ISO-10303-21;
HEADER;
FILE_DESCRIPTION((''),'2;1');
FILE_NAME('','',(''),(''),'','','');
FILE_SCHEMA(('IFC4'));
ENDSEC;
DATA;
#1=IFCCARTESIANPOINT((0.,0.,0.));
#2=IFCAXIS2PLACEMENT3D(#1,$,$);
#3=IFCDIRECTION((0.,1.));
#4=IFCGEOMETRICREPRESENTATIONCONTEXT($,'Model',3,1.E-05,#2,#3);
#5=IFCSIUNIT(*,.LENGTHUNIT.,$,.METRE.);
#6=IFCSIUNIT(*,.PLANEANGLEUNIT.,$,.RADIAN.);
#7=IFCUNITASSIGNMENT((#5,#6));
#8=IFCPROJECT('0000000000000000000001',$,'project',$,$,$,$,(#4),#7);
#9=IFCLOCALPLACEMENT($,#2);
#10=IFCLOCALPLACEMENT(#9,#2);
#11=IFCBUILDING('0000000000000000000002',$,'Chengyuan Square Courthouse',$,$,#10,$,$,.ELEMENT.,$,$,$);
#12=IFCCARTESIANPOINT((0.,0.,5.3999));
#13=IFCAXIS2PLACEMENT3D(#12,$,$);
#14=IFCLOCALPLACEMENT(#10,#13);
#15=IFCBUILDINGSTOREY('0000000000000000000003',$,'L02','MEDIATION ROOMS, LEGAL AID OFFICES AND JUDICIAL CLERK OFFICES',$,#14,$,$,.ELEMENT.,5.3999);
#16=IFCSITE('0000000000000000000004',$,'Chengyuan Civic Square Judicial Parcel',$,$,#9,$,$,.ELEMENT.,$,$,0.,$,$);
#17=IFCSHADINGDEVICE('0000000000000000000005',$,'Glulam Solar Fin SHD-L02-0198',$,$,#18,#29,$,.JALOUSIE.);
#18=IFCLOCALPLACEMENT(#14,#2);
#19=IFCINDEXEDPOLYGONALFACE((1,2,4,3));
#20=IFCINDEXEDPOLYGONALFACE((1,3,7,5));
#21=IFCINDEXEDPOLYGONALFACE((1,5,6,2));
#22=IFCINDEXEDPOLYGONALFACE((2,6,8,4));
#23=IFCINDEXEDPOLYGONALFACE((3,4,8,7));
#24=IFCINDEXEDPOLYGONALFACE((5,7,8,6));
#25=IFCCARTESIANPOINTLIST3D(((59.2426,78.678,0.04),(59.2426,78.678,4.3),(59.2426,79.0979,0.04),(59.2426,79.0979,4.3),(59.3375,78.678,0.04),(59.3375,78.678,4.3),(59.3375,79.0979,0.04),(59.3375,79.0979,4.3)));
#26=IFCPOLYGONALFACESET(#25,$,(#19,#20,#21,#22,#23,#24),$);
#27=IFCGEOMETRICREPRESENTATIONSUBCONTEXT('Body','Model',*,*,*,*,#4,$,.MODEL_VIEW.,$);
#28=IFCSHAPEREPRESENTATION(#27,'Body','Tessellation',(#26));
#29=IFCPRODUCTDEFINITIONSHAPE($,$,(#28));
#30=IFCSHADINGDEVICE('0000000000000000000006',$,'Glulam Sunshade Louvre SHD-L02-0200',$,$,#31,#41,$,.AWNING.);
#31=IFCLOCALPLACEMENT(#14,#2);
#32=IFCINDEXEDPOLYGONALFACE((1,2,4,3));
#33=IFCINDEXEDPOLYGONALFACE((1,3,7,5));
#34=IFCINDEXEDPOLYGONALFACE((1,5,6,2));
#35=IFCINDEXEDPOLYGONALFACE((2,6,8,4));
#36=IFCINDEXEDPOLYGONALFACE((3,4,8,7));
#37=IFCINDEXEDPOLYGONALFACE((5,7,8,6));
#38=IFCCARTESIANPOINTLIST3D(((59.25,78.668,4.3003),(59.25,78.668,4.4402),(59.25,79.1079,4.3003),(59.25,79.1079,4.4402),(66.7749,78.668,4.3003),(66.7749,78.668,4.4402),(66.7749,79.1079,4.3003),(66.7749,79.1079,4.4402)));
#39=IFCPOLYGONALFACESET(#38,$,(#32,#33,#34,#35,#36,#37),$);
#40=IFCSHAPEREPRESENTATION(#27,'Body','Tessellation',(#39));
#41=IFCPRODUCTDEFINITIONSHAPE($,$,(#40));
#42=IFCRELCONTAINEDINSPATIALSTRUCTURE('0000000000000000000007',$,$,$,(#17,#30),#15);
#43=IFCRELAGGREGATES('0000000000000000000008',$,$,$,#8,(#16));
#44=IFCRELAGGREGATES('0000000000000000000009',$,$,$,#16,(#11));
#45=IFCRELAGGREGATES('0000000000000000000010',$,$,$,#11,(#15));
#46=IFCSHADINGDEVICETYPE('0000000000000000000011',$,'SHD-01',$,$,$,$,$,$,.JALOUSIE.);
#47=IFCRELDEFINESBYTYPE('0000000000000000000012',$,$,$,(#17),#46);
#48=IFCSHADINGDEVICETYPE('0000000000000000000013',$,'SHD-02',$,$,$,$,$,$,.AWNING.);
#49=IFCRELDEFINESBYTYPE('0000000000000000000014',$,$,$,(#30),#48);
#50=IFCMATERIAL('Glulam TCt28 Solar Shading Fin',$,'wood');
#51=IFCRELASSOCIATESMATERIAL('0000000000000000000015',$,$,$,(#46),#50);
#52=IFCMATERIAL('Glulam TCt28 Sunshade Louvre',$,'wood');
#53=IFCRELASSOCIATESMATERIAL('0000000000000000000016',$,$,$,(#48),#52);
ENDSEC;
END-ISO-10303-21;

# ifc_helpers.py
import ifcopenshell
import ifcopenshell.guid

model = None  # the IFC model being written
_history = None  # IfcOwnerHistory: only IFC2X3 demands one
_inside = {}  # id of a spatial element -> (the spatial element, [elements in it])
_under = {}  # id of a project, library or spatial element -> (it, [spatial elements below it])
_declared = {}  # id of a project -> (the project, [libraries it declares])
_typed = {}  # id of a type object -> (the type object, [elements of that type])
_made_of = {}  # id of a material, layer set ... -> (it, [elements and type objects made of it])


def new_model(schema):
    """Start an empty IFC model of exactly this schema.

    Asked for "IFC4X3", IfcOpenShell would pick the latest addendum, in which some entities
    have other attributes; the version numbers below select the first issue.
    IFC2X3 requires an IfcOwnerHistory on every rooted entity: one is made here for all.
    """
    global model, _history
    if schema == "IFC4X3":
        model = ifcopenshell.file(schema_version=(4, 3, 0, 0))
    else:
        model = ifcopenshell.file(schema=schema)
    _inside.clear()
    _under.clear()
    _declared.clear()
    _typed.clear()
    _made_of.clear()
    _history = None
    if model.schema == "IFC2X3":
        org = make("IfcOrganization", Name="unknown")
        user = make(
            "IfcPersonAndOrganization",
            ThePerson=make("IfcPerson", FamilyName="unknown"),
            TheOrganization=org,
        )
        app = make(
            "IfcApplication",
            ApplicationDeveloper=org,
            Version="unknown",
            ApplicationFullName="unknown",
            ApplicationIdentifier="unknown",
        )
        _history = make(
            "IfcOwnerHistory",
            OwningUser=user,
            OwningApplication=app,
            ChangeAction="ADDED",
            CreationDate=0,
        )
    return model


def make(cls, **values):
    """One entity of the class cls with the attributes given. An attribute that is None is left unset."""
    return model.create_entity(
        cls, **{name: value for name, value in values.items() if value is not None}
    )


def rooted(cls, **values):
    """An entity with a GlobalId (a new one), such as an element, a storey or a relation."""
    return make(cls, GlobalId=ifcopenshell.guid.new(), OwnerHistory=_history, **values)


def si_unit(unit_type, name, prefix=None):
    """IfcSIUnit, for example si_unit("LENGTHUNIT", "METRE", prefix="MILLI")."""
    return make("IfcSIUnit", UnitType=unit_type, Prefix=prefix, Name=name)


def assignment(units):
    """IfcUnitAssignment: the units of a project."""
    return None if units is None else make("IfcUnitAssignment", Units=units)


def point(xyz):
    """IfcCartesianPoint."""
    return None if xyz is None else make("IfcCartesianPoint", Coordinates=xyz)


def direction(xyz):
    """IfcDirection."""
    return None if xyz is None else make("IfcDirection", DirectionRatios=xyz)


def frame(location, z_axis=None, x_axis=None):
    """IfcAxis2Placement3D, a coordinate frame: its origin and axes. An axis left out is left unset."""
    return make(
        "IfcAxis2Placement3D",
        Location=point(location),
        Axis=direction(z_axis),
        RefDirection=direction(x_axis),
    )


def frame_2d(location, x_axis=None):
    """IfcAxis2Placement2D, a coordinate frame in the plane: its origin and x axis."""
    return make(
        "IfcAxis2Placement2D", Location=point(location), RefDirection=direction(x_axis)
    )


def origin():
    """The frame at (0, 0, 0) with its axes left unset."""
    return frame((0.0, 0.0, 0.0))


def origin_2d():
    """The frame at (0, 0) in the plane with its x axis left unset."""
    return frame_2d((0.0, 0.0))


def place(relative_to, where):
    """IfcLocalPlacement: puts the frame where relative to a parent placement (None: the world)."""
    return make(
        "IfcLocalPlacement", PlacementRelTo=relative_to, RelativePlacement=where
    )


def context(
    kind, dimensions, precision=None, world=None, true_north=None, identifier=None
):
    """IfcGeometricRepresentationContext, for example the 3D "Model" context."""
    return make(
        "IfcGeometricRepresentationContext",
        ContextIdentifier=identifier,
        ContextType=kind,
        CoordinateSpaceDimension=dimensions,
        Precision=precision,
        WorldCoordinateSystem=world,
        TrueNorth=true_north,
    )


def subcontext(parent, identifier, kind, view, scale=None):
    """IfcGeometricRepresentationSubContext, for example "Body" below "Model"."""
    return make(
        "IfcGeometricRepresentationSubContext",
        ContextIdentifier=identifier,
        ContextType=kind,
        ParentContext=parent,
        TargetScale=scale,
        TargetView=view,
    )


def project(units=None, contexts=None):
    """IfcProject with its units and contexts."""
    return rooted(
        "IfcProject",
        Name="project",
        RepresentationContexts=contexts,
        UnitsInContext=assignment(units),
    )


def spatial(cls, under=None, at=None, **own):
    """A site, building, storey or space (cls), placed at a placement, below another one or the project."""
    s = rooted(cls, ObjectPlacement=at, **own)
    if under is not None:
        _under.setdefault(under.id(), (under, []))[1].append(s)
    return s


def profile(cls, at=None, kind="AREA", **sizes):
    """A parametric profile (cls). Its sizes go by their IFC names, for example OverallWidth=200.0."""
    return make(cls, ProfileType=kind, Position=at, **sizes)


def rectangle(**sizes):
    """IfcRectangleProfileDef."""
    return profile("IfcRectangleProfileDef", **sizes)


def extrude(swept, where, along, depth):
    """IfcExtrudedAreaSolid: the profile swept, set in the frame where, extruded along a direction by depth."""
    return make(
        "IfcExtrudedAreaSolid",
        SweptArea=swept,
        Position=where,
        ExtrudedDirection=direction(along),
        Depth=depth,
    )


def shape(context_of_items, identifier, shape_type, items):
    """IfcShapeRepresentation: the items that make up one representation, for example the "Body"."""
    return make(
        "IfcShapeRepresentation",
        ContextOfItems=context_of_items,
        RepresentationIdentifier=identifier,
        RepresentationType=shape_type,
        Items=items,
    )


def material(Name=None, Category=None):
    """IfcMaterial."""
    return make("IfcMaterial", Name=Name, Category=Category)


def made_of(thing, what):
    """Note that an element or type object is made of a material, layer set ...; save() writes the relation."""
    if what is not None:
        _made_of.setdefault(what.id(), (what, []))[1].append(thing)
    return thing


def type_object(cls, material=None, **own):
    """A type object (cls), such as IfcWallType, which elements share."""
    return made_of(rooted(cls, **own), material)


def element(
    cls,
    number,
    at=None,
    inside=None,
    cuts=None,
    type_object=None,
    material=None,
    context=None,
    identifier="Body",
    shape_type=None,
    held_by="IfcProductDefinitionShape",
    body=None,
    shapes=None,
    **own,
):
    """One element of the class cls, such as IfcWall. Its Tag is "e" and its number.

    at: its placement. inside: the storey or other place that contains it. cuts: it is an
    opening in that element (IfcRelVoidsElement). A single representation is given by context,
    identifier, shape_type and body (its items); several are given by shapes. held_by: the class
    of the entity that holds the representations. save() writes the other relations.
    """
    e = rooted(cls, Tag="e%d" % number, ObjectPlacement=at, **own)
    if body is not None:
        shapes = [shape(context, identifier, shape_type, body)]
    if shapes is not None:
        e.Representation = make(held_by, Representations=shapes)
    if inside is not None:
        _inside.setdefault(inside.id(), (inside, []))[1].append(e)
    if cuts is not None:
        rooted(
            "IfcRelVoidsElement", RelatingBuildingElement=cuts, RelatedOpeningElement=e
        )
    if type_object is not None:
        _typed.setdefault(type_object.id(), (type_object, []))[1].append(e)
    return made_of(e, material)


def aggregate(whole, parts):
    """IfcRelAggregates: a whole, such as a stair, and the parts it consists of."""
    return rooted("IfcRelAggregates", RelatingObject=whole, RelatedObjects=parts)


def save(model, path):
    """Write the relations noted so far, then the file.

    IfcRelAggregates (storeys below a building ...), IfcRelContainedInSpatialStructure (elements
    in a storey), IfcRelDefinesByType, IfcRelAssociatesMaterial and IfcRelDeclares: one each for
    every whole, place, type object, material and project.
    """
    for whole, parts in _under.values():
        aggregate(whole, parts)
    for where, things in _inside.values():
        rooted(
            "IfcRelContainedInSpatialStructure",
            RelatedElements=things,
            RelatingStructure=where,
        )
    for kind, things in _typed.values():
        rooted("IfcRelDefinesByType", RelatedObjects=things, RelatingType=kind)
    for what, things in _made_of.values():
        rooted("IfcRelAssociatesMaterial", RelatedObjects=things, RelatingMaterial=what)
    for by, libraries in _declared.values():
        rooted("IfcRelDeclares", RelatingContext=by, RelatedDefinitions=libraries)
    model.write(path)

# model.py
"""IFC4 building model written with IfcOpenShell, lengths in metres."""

from ifc_helpers import new_model, si_unit, direction, frame, origin, origin_2d, place, context, subcontext, project, spatial, rectangle, extrude, material, type_object, element, save


model = new_model("IFC4")

# Units and contexts
model_context = context("Model", 3, precision=1e-05, world=origin(), true_north=direction((0.0, 1.0)))
body_context = subcontext(model_context, "Body", "Model", "MODEL_VIEW")
ifc_project = project(units=[si_unit("LENGTHUNIT", "METRE"), si_unit("PLANEANGLEUNIT", "RADIAN")], contexts=[model_context])

# Site, building, storey
site_placement = place(None, origin())
site = spatial("IfcSite", under=ifc_project, at=site_placement, Name="Chengyuan Civic Square Judicial Parcel", CompositionType="ELEMENT", RefElevation=0.0)
building_placement = place(site_placement, origin())
building = spatial("IfcBuilding", under=site, at=building_placement, Name="Chengyuan Square Courthouse", CompositionType="ELEMENT")
storey_placement = place(building_placement, frame((0.0, 0.0, 5.3999)))
storey = spatial("IfcBuildingStorey", under=building, at=storey_placement, Name="L02", Description="MEDIATION ROOMS, LEGAL AID OFFICES AND JUDICIAL CLERK OFFICES", CompositionType="ELEMENT", Elevation=5.3999)

# Shading devices
ifc_material_1 = material(Name="Glulam TCt28 Solar Shading Fin", Category="wood")
shading_device_type_1 = type_object("IfcShadingDeviceType", Name="SHD-01", PredefinedType="JALOUSIE", material=ifc_material_1)
for number, where, z_axis, x_axis, name in (
    (1, (59.29, 78.8879, 0.04), (0.0, 0.0, 1.0), (0.0, 1.0, 0.0), "Glulam Solar Fin SHD-L02-0198"),
):
    element("IfcShadingDevice", number, at=place(storey_placement, frame(where, z_axis=z_axis, x_axis=x_axis)), inside=storey, type_object=shading_device_type_1, Name=name, PredefinedType="JALOUSIE", context=body_context, shape_type="SweptSolid", body=[
        extrude(rectangle(XDim=0.4199, YDim=0.095, at=origin_2d()), origin(), (0.0, 0.0, 1.0), 4.26),
    ])
ifc_material_2 = material(Name="Glulam TCt28 Sunshade Louvre", Category="wood")
shading_device_type_2 = type_object("IfcShadingDeviceType", Name="SHD-02", PredefinedType="AWNING", material=ifc_material_2)
shading_device_placement = place(storey_placement, frame((63.0125, 78.8879, 4.3003), z_axis=(0.0, 0.0, 1.0), x_axis=(1.0, 0.0, 0.0)))
element("IfcShadingDevice", 2, at=shading_device_placement, inside=storey, type_object=shading_device_type_2, Name="Glulam Sunshade Louvre SHD-L02-0200", PredefinedType="AWNING", context=body_context, shape_type="SweptSolid", body=[
    extrude(rectangle(XDim=7.5249, YDim=0.4399, at=origin_2d()), origin(), (0.0, 0.0, 1.0), 0.1399),
])

save(model, "model.ifc")
